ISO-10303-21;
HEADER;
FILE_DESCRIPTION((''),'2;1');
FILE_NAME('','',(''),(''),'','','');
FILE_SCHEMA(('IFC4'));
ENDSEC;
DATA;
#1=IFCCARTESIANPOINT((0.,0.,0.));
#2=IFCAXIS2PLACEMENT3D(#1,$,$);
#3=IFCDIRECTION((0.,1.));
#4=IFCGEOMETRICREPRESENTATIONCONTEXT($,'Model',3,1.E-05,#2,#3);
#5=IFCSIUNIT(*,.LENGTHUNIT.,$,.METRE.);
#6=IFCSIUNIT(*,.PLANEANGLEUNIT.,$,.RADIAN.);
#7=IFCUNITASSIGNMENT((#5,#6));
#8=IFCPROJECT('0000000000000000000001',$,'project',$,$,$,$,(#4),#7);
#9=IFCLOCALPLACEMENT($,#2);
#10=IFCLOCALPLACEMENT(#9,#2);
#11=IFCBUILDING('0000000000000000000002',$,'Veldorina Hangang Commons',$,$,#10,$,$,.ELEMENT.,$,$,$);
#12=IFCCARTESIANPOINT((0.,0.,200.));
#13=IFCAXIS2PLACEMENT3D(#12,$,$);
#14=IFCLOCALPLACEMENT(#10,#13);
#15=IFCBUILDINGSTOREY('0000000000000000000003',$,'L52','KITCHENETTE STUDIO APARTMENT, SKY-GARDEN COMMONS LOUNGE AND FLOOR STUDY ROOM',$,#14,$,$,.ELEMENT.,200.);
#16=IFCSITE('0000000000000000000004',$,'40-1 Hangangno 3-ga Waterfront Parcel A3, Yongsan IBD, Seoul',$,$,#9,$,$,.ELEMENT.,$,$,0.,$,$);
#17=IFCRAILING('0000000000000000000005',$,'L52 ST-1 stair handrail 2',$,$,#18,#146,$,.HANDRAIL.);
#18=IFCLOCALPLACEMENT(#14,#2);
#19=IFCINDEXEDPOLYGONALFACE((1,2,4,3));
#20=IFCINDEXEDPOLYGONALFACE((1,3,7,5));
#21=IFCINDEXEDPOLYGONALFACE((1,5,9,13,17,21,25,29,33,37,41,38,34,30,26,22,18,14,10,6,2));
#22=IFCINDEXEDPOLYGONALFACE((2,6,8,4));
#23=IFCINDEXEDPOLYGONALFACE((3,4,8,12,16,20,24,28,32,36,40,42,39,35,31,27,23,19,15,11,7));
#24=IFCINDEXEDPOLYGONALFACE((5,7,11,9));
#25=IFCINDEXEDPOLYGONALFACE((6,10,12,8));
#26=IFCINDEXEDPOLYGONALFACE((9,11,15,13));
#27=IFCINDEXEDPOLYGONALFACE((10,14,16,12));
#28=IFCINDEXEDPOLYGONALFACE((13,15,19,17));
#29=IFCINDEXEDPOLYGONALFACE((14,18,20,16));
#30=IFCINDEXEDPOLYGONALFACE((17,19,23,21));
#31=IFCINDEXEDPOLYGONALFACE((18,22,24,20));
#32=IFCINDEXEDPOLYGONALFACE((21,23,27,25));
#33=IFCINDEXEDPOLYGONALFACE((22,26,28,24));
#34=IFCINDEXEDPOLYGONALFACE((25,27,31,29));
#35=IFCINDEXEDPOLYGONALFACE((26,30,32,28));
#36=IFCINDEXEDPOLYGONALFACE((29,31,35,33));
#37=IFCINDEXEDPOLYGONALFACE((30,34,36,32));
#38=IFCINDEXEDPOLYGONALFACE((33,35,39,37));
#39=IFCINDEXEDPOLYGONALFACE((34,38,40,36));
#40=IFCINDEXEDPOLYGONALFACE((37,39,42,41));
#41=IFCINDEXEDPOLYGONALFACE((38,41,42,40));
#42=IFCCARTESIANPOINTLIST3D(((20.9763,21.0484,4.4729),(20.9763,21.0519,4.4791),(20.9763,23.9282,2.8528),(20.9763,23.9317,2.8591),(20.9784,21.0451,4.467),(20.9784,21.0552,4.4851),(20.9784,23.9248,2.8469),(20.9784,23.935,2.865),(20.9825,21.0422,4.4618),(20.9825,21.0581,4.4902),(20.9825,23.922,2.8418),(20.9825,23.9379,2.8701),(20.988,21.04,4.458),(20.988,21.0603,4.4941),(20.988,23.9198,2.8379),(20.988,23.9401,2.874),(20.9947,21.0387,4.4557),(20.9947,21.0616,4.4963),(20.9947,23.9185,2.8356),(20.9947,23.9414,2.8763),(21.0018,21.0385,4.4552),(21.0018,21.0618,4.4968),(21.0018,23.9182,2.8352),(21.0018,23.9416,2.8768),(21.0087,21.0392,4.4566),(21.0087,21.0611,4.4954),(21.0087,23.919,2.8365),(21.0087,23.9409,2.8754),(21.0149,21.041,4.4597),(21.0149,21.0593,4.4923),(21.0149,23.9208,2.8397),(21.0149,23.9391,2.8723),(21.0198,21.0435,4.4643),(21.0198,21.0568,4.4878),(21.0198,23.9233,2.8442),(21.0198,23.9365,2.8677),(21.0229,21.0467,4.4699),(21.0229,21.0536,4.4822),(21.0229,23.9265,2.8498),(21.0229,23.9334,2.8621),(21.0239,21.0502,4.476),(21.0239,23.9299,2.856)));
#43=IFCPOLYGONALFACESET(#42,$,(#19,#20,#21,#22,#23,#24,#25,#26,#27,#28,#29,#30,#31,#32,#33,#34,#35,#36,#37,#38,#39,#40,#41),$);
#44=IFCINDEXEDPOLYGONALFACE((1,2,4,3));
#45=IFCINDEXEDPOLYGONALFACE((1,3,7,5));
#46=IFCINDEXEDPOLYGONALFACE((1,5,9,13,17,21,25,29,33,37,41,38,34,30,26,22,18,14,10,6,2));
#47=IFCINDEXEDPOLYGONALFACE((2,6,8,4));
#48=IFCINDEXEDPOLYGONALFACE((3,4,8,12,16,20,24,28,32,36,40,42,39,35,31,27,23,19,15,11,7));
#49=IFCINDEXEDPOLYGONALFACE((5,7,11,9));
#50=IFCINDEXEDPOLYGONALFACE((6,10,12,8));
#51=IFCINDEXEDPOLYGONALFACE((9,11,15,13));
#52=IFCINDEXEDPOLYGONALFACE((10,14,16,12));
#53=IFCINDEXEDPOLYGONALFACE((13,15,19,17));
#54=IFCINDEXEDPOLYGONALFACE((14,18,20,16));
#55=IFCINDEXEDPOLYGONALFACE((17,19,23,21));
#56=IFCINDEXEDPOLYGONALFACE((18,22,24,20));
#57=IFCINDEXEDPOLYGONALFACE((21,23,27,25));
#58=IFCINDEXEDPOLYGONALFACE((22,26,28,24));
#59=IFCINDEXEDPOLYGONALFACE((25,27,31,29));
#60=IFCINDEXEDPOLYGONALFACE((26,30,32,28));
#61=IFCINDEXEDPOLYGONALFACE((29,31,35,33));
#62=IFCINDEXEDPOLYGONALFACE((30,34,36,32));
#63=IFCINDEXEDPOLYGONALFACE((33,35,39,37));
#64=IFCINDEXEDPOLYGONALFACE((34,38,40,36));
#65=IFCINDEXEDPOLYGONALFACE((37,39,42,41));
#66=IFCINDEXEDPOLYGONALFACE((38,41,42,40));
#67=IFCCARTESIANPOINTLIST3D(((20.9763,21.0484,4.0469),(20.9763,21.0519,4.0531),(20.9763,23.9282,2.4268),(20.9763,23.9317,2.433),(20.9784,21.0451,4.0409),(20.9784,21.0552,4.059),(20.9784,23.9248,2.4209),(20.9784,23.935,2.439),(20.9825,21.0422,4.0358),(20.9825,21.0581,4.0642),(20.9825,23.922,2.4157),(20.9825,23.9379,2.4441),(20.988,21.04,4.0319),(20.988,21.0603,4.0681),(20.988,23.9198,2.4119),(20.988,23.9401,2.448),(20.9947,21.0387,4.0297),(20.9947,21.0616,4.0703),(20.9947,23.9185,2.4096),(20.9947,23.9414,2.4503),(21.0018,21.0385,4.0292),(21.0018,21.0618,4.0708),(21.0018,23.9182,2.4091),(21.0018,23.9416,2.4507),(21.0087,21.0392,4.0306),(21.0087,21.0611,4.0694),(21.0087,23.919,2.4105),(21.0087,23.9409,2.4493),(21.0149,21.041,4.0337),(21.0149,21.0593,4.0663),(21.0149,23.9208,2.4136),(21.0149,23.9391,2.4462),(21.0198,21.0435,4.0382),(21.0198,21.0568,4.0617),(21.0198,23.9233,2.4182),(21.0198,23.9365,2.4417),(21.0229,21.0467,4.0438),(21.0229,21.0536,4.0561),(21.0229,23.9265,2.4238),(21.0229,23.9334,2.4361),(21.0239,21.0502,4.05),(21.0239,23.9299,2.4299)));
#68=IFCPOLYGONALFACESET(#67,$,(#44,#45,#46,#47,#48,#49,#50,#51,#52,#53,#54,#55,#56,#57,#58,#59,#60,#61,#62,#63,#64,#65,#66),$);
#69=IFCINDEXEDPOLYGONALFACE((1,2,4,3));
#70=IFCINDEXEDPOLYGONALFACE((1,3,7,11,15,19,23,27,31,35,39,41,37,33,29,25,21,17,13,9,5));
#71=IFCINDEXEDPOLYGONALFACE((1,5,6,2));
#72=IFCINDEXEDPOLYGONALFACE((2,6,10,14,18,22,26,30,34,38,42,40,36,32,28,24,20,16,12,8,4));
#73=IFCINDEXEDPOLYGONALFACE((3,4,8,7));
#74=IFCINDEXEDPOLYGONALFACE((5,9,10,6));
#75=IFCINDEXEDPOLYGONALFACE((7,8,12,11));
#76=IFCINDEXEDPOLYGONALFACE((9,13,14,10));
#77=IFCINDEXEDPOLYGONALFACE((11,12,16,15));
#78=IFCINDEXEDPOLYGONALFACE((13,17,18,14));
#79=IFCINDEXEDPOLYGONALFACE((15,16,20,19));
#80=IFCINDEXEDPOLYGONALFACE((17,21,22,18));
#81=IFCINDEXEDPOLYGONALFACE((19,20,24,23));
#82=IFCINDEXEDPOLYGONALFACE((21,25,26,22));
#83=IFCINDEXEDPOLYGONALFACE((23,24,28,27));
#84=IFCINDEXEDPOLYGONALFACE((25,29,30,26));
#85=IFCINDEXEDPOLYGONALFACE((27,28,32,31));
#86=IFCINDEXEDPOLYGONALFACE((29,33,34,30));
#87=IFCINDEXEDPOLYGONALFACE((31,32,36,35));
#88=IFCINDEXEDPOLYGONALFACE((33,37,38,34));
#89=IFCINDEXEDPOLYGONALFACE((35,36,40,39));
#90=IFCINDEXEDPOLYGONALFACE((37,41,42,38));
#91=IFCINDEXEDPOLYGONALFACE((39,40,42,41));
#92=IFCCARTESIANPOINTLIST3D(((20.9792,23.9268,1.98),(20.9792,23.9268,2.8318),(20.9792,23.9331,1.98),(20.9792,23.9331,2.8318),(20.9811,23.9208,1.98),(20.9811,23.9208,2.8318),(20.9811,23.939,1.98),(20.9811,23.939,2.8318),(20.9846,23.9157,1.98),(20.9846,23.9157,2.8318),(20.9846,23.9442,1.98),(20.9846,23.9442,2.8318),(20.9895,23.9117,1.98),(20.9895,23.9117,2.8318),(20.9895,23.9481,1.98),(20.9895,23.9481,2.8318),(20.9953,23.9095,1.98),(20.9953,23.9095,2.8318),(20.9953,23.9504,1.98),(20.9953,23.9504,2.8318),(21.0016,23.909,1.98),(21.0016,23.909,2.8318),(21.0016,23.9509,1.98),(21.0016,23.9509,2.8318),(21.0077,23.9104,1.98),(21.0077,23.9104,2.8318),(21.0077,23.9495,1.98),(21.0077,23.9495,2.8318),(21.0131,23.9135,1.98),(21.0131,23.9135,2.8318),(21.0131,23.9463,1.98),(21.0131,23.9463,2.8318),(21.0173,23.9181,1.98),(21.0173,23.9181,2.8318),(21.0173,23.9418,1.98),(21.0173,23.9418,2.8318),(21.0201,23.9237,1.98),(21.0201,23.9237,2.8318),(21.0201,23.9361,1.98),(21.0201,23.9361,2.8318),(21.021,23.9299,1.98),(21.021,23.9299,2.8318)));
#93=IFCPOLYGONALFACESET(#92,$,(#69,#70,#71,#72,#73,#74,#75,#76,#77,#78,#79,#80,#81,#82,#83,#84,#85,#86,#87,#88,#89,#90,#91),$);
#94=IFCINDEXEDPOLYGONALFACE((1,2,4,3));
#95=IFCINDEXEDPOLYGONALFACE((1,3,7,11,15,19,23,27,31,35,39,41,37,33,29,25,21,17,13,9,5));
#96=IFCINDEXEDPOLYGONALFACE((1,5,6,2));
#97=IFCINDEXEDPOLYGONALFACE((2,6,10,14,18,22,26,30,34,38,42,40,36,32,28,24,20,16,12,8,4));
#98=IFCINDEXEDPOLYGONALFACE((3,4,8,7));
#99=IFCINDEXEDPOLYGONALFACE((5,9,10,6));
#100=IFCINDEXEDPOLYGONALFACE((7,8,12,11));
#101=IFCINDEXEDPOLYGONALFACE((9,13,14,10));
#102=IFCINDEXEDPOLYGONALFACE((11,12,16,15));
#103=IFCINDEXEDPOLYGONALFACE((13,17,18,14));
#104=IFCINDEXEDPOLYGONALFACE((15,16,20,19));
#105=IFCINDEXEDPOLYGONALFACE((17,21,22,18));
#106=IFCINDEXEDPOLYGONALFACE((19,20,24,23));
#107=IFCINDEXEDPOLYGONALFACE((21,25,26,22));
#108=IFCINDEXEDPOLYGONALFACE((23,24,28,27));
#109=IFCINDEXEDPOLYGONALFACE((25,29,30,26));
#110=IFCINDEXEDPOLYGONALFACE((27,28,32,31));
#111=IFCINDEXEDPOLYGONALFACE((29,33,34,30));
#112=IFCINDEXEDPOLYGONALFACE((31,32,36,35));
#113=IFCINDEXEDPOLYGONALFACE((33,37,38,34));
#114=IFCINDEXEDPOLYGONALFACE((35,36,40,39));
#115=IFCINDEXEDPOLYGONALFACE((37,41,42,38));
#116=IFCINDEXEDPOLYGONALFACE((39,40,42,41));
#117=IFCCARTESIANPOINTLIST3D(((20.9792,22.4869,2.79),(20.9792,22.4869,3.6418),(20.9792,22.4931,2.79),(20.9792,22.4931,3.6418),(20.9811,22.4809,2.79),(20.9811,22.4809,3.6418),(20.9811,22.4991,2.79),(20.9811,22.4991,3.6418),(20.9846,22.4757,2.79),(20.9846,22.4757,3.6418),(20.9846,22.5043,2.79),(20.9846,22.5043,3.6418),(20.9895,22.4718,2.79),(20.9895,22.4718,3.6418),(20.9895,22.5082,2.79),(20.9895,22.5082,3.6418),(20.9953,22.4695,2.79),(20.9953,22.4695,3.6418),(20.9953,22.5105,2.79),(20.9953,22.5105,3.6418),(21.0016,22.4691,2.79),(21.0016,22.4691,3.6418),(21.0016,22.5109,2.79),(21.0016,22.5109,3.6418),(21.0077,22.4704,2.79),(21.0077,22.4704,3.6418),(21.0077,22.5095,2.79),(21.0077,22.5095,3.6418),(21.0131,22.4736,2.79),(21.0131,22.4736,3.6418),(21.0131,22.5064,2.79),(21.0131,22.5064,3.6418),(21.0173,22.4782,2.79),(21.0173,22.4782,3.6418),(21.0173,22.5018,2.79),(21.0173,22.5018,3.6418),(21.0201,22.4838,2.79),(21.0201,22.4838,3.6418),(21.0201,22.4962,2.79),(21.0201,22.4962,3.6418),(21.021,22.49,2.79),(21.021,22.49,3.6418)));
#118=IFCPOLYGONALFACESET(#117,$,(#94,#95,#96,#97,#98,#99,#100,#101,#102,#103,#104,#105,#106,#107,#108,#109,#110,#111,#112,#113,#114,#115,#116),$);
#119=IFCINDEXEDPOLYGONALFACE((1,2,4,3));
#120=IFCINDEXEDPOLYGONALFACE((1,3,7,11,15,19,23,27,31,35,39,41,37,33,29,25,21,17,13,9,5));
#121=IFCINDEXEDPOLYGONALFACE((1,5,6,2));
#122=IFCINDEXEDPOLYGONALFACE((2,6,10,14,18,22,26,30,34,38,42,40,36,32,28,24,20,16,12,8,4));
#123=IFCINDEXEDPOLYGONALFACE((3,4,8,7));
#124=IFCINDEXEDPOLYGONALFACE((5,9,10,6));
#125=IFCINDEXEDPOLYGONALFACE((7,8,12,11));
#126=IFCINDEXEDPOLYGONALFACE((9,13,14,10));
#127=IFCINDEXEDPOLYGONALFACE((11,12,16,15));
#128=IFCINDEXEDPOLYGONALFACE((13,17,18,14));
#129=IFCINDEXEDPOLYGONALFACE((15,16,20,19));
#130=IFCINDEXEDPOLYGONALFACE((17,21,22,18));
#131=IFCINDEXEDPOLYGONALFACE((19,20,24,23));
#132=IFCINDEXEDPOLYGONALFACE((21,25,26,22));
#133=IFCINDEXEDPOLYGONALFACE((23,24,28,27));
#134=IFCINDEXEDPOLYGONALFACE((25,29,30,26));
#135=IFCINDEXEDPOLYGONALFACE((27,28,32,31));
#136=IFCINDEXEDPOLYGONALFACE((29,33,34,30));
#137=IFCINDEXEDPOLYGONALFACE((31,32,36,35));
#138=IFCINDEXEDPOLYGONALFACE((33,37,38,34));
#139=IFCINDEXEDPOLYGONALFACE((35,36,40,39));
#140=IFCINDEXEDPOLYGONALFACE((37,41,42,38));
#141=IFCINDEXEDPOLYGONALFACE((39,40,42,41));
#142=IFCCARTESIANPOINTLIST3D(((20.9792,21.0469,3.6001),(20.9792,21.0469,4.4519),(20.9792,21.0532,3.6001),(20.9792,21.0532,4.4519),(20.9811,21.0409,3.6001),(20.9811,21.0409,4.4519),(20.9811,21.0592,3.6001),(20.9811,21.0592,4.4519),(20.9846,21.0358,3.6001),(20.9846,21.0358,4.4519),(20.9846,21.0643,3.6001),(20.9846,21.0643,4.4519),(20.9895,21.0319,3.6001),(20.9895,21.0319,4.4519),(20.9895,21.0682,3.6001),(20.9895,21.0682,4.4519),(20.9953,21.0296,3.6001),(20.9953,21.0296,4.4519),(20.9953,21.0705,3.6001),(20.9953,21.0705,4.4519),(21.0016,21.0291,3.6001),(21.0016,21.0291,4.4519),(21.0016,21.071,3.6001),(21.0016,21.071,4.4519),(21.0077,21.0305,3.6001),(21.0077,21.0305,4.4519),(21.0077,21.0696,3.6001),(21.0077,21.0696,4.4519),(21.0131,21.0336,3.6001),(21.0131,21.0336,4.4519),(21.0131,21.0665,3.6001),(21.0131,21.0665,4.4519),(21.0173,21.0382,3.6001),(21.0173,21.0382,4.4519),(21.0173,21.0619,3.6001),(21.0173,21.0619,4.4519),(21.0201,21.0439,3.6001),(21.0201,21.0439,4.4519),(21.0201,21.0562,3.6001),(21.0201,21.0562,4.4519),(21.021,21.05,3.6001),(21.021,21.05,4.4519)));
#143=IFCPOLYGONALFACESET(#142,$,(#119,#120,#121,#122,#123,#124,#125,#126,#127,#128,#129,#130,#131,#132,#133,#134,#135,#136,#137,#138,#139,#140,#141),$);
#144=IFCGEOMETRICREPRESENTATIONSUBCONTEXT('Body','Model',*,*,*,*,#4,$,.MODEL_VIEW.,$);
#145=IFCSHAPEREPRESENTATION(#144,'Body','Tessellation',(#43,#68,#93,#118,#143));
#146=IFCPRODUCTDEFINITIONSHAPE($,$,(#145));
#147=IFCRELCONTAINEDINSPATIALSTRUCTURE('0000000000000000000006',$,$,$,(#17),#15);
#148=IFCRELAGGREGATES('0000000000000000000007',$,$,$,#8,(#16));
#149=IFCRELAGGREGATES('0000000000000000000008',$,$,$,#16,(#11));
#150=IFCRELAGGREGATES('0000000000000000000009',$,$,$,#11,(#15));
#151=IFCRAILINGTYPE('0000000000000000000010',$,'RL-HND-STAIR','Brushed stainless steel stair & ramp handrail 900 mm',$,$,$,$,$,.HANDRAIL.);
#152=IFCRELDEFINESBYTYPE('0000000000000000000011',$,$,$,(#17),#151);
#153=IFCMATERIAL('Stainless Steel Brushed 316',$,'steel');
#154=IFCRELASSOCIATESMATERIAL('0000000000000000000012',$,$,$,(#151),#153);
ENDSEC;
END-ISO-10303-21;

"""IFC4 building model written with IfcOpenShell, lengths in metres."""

from ifc_helpers import new_model, si_unit, direction, frame, origin, origin_2d, place, context, subcontext, project, spatial, circle, extrude, material, type_object, element, save


model = new_model("IFC4")

# Units and contexts
model_context = context("Model", 3, precision=1e-05, world=origin(), true_north=direction((0.0, 1.0)))
body_context = subcontext(model_context, "Body", "Model", "MODEL_VIEW")
ifc_project = project(units=[si_unit("LENGTHUNIT", "METRE"), si_unit("PLANEANGLEUNIT", "RADIAN")], contexts=[model_context])

# Site, building, storey
site_placement = place(None, origin())
site = spatial("IfcSite", under=ifc_project, at=site_placement, Name="40-1 Hangangno 3-ga Waterfront Parcel A3, Yongsan IBD, Seoul", CompositionType="ELEMENT", RefElevation=0.0)
building_placement = place(site_placement, origin())
building = spatial("IfcBuilding", under=site, at=building_placement, Name="Veldorina Hangang Commons", CompositionType="ELEMENT")
storey_placement = place(building_placement, frame((0.0, 0.0, 200.0)))
storey = spatial("IfcBuildingStorey", under=building, at=storey_placement, Name="L52", Description="KITCHENETTE STUDIO APARTMENT, SKY-GARDEN COMMONS LOUNGE AND FLOOR STUDY ROOM", CompositionType="ELEMENT", Elevation=200.0)

# Railing
ifc_material_1 = material(Name="Stainless Steel Brushed 316", Category="steel")
railing_type_1 = type_object("IfcRailingType", Name="RL-HND-STAIR", Description="Brushed stainless steel stair & ramp handrail 900 mm", PredefinedType="HANDRAIL", material=ifc_material_1)
railing_1_placement = place(storey_placement, frame((21.0, 23.9299, 1.98)))
element("IfcRailing", 1, at=railing_1_placement, inside=storey, type_object=railing_type_1, Name="L52 ST-1 stair handrail 2", PredefinedType="HANDRAIL", context=body_context, shape_type="SweptSolid", body=[
    extrude(circle(Radius=0.0239, at=origin_2d()), frame((0.0, 0.0, 0.876), z_axis=(0.0, -0.871552, 0.490303), x_axis=(1.0, 0.0, 0.0)), (0.0, 0.0, 1.0), 3.3042),
    extrude(circle(Radius=0.0239, at=origin_2d()), frame((0.0, 0.0, 0.45), z_axis=(0.0, -0.871552, 0.490303), x_axis=(1.0, 0.0, 0.0)), (0.0, 0.0, 1.0), 3.3042),
    extrude(circle(Radius=0.021, at=origin_2d()), origin(), (0.0, 0.0, 1.0), 0.8518),
    extrude(circle(Radius=0.021, at=origin_2d()), frame((0.0, -1.4399, 0.8101)), (0.0, 0.0, 1.0), 0.8518),
    extrude(circle(Radius=0.021, at=origin_2d()), frame((0.0, -2.8799, 1.6201)), (0.0, 0.0, 1.0), 0.8518),
])

save(model, "model.ifc")
